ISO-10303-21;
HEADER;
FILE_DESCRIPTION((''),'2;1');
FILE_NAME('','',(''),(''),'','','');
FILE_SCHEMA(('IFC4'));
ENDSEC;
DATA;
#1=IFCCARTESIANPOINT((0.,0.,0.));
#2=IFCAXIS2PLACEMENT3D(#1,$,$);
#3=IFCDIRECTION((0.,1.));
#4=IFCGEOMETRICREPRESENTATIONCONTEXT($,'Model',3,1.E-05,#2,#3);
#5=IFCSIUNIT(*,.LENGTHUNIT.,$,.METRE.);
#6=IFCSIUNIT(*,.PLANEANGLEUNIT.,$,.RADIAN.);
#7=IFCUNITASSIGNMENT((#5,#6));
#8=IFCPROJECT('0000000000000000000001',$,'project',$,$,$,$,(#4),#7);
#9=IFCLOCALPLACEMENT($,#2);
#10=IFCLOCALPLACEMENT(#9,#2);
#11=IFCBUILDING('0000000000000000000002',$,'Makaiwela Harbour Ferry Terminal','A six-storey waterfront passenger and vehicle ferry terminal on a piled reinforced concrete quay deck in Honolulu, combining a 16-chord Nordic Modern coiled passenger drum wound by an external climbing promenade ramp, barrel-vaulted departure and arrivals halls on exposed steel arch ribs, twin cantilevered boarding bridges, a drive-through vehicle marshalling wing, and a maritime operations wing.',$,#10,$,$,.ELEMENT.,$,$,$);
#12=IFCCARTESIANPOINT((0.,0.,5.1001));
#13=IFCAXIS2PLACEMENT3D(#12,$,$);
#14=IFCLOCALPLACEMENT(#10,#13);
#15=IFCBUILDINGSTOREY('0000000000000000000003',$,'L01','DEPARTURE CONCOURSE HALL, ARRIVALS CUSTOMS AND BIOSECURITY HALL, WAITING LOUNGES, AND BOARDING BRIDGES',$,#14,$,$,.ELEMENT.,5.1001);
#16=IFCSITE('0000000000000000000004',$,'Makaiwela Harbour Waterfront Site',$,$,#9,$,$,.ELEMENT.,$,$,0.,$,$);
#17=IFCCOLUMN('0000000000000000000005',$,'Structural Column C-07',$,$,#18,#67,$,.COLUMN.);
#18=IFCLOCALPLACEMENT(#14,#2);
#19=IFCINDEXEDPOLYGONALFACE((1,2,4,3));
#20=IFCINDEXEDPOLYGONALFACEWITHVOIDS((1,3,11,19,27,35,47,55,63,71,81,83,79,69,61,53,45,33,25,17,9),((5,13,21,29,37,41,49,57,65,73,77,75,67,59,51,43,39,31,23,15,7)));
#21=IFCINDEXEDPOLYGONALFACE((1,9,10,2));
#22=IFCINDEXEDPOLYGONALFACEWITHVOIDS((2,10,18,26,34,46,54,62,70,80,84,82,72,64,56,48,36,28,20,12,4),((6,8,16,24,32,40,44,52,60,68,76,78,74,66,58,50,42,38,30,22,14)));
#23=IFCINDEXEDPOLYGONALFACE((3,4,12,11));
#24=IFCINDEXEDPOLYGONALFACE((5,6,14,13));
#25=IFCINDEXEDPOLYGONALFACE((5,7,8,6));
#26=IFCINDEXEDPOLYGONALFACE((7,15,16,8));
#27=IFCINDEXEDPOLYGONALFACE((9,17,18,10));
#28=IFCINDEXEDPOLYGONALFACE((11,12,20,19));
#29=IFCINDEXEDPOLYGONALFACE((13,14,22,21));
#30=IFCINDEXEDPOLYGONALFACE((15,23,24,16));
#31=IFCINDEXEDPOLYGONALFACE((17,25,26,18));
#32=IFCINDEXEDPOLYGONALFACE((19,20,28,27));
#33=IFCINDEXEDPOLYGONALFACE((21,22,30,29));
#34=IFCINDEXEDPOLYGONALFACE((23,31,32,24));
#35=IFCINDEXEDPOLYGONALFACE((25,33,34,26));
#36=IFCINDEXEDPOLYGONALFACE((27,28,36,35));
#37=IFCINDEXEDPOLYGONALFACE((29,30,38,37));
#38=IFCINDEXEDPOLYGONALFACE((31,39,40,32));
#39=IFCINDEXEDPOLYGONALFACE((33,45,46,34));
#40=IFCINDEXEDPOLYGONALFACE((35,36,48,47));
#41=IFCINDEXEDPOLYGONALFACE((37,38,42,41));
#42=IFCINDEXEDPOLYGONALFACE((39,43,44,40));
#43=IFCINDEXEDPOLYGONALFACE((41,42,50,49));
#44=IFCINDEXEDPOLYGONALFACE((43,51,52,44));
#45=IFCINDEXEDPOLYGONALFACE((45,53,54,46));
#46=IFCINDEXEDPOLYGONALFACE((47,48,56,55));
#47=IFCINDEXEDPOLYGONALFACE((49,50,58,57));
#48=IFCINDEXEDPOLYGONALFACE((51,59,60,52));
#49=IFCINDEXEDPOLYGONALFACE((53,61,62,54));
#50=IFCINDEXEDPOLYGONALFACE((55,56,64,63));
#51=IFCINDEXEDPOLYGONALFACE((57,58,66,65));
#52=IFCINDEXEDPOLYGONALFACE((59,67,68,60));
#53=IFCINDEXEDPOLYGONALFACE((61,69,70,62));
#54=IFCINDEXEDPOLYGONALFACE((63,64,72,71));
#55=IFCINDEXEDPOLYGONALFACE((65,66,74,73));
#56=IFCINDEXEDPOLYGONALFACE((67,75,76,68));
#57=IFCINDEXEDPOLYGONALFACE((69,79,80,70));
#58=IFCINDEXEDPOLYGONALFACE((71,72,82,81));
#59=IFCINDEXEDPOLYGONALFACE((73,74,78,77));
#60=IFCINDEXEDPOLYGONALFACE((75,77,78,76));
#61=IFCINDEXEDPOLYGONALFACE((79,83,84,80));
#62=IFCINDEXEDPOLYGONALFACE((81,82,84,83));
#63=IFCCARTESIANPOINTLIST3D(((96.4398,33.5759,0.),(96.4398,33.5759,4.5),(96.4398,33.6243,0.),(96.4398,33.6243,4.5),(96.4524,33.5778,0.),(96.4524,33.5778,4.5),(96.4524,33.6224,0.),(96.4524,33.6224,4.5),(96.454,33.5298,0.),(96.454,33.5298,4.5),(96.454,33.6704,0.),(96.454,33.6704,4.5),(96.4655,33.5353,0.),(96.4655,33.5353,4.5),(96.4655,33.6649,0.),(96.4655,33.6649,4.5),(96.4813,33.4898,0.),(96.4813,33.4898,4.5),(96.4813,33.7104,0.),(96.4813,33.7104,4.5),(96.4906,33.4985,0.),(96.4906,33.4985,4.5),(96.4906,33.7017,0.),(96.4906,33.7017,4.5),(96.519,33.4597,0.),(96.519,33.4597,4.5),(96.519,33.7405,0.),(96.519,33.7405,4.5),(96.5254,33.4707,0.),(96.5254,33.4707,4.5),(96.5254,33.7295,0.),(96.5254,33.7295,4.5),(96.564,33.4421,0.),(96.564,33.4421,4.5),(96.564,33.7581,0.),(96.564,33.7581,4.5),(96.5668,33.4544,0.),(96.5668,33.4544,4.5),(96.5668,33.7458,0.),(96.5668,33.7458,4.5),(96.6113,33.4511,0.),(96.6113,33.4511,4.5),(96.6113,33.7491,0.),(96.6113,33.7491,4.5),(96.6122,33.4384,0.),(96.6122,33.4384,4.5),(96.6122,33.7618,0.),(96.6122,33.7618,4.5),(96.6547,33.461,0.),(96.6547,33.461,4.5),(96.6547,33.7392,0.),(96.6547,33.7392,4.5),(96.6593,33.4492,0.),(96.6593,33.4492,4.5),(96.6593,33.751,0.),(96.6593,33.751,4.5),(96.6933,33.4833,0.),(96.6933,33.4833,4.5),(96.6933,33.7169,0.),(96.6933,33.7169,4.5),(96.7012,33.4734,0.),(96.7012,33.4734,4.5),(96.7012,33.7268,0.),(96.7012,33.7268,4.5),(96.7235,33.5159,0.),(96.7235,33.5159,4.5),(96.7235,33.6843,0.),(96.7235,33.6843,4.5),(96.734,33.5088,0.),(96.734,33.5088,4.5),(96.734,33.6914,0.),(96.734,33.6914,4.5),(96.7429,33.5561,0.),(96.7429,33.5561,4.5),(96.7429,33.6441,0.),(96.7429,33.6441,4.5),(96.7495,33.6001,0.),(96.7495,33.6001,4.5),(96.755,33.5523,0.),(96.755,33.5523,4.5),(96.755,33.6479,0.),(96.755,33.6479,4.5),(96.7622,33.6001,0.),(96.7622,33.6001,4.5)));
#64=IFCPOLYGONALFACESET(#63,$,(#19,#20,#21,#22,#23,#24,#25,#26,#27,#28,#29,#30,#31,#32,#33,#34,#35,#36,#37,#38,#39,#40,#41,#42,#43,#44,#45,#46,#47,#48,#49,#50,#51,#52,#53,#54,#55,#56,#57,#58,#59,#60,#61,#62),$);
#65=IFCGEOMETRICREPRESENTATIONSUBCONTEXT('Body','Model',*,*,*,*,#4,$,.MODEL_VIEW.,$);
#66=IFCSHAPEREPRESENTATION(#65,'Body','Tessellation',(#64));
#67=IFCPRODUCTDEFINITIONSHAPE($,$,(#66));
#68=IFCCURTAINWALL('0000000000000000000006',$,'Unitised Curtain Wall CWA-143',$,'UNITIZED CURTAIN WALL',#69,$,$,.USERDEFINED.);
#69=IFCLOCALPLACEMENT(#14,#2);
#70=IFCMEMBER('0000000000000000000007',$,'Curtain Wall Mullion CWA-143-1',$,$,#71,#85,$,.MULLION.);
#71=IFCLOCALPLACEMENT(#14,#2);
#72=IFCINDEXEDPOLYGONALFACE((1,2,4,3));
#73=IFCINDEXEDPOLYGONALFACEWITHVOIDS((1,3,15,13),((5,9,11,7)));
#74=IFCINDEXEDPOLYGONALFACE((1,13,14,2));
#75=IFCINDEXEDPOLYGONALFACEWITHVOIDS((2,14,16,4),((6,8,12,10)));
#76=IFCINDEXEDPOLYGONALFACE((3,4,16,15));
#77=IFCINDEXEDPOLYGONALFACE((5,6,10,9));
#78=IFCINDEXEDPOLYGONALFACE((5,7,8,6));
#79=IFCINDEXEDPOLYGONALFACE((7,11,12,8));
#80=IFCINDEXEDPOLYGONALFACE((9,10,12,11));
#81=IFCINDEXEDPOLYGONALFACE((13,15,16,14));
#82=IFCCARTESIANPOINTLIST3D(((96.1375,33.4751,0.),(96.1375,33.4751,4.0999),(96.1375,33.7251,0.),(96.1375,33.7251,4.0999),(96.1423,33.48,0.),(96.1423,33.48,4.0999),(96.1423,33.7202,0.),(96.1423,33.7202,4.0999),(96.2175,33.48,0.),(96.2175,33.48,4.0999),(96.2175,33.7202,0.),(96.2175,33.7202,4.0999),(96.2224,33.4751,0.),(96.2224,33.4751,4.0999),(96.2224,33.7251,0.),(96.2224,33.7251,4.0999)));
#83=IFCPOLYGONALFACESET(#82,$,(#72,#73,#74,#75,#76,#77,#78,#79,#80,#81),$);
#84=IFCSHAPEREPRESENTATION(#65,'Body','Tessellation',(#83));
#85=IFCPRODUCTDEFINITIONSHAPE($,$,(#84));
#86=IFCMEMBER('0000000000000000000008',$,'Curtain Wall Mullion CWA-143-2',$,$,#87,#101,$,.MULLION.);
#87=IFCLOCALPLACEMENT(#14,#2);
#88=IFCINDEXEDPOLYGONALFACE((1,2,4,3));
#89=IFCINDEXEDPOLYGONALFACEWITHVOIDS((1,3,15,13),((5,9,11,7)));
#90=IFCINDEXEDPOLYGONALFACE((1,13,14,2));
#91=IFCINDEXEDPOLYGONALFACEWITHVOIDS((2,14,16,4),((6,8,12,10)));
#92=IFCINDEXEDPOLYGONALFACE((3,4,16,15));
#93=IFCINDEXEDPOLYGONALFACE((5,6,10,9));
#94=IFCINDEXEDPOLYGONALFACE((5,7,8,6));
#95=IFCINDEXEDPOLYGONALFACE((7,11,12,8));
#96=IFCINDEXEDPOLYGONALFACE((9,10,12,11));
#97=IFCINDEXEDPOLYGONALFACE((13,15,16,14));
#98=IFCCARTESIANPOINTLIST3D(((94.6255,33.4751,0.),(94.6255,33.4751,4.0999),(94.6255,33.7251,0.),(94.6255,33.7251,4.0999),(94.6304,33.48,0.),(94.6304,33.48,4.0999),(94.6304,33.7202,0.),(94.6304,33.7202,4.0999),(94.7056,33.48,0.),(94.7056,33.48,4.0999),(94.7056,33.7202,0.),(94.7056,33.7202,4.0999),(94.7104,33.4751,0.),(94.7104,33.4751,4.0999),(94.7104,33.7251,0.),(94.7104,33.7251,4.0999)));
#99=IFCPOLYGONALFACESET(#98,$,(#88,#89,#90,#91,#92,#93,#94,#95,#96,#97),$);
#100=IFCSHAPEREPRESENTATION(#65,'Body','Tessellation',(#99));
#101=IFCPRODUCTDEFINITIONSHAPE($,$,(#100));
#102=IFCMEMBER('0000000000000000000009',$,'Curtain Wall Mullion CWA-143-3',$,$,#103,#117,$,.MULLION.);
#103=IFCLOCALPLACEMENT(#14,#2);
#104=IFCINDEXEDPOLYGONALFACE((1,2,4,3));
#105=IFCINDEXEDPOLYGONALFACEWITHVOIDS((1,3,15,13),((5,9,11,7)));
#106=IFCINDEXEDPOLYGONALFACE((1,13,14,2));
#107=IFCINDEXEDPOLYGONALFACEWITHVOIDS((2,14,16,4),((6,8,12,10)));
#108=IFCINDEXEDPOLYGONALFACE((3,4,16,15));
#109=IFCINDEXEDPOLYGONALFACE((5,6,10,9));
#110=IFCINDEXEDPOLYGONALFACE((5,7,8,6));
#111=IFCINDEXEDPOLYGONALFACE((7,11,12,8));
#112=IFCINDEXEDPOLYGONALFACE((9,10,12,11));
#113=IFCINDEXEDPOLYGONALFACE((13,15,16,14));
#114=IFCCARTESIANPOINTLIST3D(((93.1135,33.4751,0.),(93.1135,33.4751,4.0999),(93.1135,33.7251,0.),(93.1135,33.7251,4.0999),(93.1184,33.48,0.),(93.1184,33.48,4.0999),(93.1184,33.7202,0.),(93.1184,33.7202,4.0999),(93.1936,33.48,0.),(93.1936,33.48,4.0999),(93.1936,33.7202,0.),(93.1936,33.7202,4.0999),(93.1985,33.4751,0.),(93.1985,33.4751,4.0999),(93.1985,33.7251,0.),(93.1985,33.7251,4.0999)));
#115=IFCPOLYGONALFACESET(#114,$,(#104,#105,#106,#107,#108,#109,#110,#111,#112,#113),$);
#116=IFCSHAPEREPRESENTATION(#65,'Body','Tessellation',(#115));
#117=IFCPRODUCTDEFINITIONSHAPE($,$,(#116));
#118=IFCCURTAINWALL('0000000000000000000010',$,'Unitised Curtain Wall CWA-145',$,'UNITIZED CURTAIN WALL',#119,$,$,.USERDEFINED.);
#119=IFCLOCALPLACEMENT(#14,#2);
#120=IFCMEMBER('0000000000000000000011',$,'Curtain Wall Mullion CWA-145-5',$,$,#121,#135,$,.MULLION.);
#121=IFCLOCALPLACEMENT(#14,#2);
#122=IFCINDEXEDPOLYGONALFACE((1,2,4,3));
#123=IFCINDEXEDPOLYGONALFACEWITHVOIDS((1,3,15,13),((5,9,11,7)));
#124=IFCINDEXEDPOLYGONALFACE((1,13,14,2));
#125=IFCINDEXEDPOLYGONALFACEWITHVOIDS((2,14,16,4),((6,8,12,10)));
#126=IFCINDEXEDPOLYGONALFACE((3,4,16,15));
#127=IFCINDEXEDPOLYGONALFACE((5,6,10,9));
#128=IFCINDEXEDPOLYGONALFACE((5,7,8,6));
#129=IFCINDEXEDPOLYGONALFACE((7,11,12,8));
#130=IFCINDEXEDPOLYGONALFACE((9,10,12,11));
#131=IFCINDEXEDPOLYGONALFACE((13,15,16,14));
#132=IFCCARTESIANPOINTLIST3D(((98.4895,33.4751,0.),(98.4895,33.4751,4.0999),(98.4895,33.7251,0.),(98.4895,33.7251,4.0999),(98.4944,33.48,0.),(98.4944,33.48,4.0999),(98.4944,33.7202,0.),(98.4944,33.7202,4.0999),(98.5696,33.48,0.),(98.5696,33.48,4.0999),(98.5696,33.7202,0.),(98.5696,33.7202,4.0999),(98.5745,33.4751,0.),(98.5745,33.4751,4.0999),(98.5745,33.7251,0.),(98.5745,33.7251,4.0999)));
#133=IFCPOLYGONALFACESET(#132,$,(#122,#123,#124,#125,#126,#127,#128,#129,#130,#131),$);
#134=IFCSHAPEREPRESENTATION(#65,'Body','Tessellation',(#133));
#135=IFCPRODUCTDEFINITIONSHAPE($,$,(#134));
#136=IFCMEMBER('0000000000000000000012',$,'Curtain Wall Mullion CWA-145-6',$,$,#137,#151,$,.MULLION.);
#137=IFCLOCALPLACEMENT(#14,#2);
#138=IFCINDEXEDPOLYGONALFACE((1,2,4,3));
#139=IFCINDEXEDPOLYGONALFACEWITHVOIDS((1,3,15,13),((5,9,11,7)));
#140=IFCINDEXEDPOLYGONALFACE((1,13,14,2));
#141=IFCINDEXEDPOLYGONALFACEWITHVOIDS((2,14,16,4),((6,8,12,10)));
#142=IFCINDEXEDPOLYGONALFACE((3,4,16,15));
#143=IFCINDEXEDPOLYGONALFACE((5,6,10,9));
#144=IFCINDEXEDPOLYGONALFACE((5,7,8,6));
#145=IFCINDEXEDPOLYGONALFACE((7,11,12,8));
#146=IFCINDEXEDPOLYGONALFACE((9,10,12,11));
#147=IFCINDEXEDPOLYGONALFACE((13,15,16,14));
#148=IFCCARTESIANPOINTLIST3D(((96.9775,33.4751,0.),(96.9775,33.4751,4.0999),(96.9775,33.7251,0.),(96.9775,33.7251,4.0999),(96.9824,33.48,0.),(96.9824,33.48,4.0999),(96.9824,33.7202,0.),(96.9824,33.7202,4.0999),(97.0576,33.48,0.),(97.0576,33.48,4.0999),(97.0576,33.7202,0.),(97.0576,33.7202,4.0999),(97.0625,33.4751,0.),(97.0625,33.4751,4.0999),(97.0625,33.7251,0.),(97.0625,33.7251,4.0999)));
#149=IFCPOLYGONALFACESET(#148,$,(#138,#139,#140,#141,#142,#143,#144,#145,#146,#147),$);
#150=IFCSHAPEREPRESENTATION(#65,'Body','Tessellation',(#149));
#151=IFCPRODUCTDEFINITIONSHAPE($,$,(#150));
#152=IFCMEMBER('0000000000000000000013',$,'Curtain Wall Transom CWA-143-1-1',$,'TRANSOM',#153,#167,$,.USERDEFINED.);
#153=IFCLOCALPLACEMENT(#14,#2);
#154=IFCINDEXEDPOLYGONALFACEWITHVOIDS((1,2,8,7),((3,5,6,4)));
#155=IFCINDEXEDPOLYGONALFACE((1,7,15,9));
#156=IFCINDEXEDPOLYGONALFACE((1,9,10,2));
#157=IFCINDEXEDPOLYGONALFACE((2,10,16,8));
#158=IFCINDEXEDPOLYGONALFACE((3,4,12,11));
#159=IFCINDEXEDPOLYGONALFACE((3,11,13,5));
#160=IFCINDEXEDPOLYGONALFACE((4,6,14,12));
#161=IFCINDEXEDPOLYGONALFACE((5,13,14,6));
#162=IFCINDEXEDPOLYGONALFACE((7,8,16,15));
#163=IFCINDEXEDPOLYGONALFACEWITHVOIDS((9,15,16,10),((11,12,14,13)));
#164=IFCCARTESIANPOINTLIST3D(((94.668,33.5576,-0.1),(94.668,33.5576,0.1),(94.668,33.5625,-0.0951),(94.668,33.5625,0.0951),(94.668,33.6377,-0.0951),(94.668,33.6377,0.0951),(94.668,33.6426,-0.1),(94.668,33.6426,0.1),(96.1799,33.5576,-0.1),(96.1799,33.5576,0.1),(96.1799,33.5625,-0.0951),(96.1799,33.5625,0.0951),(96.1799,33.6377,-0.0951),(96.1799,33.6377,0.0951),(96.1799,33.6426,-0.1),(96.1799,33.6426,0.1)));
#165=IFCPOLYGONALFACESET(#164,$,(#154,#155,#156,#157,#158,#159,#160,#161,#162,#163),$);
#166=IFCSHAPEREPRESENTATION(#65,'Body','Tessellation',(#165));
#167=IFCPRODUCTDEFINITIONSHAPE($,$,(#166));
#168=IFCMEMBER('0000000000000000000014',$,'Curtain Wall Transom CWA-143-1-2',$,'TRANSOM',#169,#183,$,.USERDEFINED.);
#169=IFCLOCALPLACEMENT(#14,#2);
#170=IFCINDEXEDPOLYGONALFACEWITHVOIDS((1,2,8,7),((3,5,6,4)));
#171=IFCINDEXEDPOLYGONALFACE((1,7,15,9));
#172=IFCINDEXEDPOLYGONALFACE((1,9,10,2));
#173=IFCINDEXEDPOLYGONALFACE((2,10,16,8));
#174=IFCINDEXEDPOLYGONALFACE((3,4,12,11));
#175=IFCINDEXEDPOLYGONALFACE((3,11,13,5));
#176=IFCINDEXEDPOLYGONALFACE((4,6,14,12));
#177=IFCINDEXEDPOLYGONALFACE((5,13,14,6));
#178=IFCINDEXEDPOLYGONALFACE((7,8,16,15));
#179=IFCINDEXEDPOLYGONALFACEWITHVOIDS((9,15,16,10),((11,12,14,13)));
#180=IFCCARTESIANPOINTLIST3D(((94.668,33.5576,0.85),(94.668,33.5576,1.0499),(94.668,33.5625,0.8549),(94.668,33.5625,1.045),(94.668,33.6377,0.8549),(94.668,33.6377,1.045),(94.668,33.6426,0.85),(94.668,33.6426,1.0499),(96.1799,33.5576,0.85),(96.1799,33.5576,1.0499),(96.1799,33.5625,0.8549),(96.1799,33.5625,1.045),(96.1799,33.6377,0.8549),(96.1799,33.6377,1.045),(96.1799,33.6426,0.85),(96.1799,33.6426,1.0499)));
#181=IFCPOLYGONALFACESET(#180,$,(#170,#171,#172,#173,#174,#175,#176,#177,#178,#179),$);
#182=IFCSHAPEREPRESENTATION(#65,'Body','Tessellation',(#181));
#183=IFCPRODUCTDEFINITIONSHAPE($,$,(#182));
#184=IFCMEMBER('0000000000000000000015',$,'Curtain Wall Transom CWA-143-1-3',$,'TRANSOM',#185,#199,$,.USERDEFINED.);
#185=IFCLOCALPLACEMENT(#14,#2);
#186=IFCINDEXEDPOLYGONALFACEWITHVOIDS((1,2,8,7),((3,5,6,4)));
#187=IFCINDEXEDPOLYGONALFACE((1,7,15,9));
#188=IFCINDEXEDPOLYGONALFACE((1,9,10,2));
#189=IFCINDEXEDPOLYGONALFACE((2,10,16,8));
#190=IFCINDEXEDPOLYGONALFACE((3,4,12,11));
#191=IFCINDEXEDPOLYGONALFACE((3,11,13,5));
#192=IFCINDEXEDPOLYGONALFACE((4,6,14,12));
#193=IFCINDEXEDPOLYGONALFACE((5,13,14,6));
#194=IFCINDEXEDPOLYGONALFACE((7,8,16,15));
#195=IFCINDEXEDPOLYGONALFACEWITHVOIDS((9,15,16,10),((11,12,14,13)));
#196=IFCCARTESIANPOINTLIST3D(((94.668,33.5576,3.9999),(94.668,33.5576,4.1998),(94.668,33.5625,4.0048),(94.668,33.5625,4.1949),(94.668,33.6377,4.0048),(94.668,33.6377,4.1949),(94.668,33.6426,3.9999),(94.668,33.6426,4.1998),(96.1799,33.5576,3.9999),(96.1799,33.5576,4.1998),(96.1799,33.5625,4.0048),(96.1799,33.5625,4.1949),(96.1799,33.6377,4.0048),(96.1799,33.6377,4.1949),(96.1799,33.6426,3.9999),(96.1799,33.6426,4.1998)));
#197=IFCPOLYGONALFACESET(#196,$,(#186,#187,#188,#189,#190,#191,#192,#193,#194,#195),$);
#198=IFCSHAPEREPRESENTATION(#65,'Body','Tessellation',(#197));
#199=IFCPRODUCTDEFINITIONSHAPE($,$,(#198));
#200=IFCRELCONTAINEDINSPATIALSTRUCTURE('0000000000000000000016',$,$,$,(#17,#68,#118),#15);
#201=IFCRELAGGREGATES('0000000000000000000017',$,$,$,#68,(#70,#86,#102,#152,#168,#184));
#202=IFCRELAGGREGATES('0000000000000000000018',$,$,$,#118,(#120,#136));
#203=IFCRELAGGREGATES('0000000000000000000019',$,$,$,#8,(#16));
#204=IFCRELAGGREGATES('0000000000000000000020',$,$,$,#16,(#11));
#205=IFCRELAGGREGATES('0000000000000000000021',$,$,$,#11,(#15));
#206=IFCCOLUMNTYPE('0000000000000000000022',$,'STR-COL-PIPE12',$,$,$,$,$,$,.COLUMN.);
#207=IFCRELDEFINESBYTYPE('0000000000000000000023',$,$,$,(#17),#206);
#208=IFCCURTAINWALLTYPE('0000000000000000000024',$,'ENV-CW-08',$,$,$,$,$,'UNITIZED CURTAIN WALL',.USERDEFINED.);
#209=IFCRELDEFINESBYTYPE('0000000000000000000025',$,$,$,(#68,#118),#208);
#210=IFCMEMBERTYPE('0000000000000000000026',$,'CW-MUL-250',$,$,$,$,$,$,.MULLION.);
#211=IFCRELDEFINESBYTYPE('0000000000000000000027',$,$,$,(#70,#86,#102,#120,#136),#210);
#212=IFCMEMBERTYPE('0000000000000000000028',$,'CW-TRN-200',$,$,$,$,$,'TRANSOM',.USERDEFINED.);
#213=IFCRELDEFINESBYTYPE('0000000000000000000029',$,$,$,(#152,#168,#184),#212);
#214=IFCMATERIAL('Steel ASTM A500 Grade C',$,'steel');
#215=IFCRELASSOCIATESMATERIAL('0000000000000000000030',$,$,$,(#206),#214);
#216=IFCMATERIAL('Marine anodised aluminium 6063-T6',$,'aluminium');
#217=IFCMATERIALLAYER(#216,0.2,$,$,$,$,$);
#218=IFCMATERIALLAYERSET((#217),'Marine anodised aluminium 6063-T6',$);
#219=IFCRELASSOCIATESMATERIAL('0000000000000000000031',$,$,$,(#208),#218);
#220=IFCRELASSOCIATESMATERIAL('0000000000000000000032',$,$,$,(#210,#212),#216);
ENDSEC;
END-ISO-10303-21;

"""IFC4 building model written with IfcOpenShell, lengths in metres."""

from ifc_helpers import new_model, si_unit, direction, frame, origin, origin_2d, place, context, subcontext, project, spatial, hollow_rectangle, hollow_circle, extrude, material, layer, layer_set, material_profile, profile_set, type_object, element, aggregate, save


model = new_model("IFC4")

# Units and contexts
model_context = context("Model", 3, precision=1e-05, world=origin(), true_north=direction((0.0, 1.0)))
body_context = subcontext(model_context, "Body", "Model", "MODEL_VIEW")
ifc_project = project(units=[si_unit("LENGTHUNIT", "METRE"), si_unit("PLANEANGLEUNIT", "RADIAN")], contexts=[model_context])

# Site, building, storey
site_placement = place(None, origin())
site = spatial("IfcSite", under=ifc_project, at=site_placement, Name="Makaiwela Harbour Waterfront Site", CompositionType="ELEMENT", RefElevation=0.0)
building_placement = place(site_placement, origin())
building = spatial("IfcBuilding", under=site, at=building_placement, Name="Makaiwela Harbour Ferry Terminal", Description="A six-storey waterfront passenger and vehicle ferry terminal on a piled reinforced concrete quay deck in Honolulu, combining a 16-chord Nordic Modern coiled passenger drum wound by an external climbing promenade ramp, barrel-vaulted departure and arrivals halls on exposed steel arch ribs, twin cantilevered boarding bridges, a drive-through vehicle marshalling wing, and a maritime operations wing.", CompositionType="ELEMENT")
storey_placement = place(building_placement, frame((0.0, 0.0, 5.1001)))
storey = spatial("IfcBuildingStorey", under=building, at=storey_placement, Name="L01", Description="DEPARTURE CONCOURSE HALL, ARRIVALS CUSTOMS AND BIOSECURITY HALL, WAITING LOUNGES, AND BOARDING BRIDGES", CompositionType="ELEMENT", Elevation=5.1001)

# Column
ifc_material_1 = material(Name="Steel ASTM A500 Grade C", Category="steel")
ifc_material_profile_1 = material_profile(ifc_material_1, hollow_circle(Radius=0.1621, WallThickness=0.0127, at=origin_2d()), Name="PIPE12XS")
ifc_profile_set_1 = profile_set([ifc_material_profile_1], Name="Steel ASTM A500 Grade C")
column_type = type_object("IfcColumnType", Name="STR-COL-PIPE12", PredefinedType="COLUMN", material=ifc_profile_set_1)
column_placement = place(storey_placement, frame((96.6001, 33.6001, 0.0), z_axis=(0.0, 0.0, 1.0), x_axis=(1.0, 0.0, 0.0)))
element("IfcColumn", 1, at=column_placement, inside=storey, type_object=column_type, Name="Structural Column C-07", PredefinedType="COLUMN", context=body_context, shape_type="SweptSolid", body=[
    extrude(hollow_circle(Radius=0.1621, WallThickness=0.0127, at=origin_2d()), origin(), (0.0, 0.0, 1.0), 4.5),
])

# Curtain walls, members
ifc_material_2 = material(Name="Marine anodised aluminium 6063-T6", Category="aluminium")
ifc_layer_1 = layer(ifc_material_2, 0.2)
ifc_layer_set_1 = layer_set([ifc_layer_1], Name="Marine anodised aluminium 6063-T6")
curtain_wall_type = type_object("IfcCurtainWallType", Name="ENV-CW-08", ElementType="UNITIZED CURTAIN WALL", PredefinedType="USERDEFINED", material=ifc_layer_set_1)
curtain_wall_1_placement = place(storey_placement, origin())
curtain_wall_1 = element("IfcCurtainWall", 2, at=curtain_wall_1_placement, inside=storey, type_object=curtain_wall_type, Name="Unitised Curtain Wall CWA-143", ObjectType="UNITIZED CURTAIN WALL", PredefinedType="USERDEFINED")
ifc_material_profile_2 = material_profile(ifc_material_2, hollow_rectangle(XDim=0.085, YDim=0.25, WallThickness=0.0049, at=origin_2d()), Name="CWM-250X85")
ifc_profile_set_2 = profile_set([ifc_material_profile_2], Name="Marine anodised aluminium 6063-T6")
member_type_1 = type_object("IfcMemberType", Name="CW-MUL-250", PredefinedType="MULLION", material=ifc_profile_set_2)
member_1_placement = place(storey_placement, frame((96.1799, 33.6001, 0.0), z_axis=(0.0, 0.0, 1.0), x_axis=(1.0, 0.0, 0.0)))
member_1 = element("IfcMember", 3, at=member_1_placement, type_object=member_type_1, Name="Curtain Wall Mullion CWA-143-1", PredefinedType="MULLION", context=body_context, shape_type="SweptSolid", body=[
    extrude(hollow_rectangle(XDim=0.085, YDim=0.25, WallThickness=0.0049, at=origin_2d()), origin(), (0.0, 0.0, 1.0), 4.0999),
])
member_2_placement = place(storey_placement, frame((94.668, 33.6001, 0.0), z_axis=(0.0, 0.0, 1.0), x_axis=(1.0, 0.0, 0.0)))
member_2 = element("IfcMember", 4, at=member_2_placement, type_object=member_type_1, Name="Curtain Wall Mullion CWA-143-2", PredefinedType="MULLION", context=body_context, shape_type="SweptSolid", body=[
    extrude(hollow_rectangle(XDim=0.085, YDim=0.25, WallThickness=0.0049, at=origin_2d()), origin(), (0.0, 0.0, 1.0), 4.0999),
])
member_3_placement = place(storey_placement, frame((93.156, 33.6001, 0.0), z_axis=(0.0, 0.0, 1.0), x_axis=(1.0, 0.0, 0.0)))
member_3 = element("IfcMember", 5, at=member_3_placement, type_object=member_type_1, Name="Curtain Wall Mullion CWA-143-3", PredefinedType="MULLION", context=body_context, shape_type="SweptSolid", body=[
    extrude(hollow_rectangle(XDim=0.085, YDim=0.25, WallThickness=0.0049, at=origin_2d()), origin(), (0.0, 0.0, 1.0), 4.0999),
])
curtain_wall_2_placement = place(storey_placement, origin())
curtain_wall_2 = element("IfcCurtainWall", 6, at=curtain_wall_2_placement, inside=storey, type_object=curtain_wall_type, Name="Unitised Curtain Wall CWA-145", ObjectType="UNITIZED CURTAIN WALL", PredefinedType="USERDEFINED")
member_4_placement = place(storey_placement, frame((98.532, 33.6001, 0.0), z_axis=(0.0, 0.0, 1.0), x_axis=(1.0, 0.0, 0.0)))
member_4 = element("IfcMember", 7, at=member_4_placement, type_object=member_type_1, Name="Curtain Wall Mullion CWA-145-5", PredefinedType="MULLION", context=body_context, shape_type="SweptSolid", body=[
    extrude(hollow_rectangle(XDim=0.085, YDim=0.25, WallThickness=0.0049, at=origin_2d()), origin(), (0.0, 0.0, 1.0), 4.0999),
])
member_5_placement = place(storey_placement, frame((97.02, 33.6001, 0.0), z_axis=(0.0, 0.0, 1.0), x_axis=(1.0, 0.0, 0.0)))
member_5 = element("IfcMember", 8, at=member_5_placement, type_object=member_type_1, Name="Curtain Wall Mullion CWA-145-6", PredefinedType="MULLION", context=body_context, shape_type="SweptSolid", body=[
    extrude(hollow_rectangle(XDim=0.085, YDim=0.25, WallThickness=0.0049, at=origin_2d()), origin(), (0.0, 0.0, 1.0), 4.0999),
])

# Members
ifc_material_profile_3 = material_profile(ifc_material_2, hollow_rectangle(XDim=0.085, YDim=0.2, WallThickness=0.0049, at=origin_2d()), Name="CWT-200X85")
ifc_profile_set_3 = profile_set([ifc_material_profile_3], Name="Marine anodised aluminium 6063-T6")
member_type_2 = type_object("IfcMemberType", Name="CW-TRN-200", ElementType="TRANSOM", PredefinedType="USERDEFINED", material=ifc_profile_set_3)
member_6_placement = place(storey_placement, frame((96.1799, 33.6001, 0.0), z_axis=(-1.0, 0.0, 0.0), x_axis=(0.0, -1.0, 0.0)))
member_6 = element("IfcMember", 9, at=member_6_placement, type_object=member_type_2, Name="Curtain Wall Transom CWA-143-1-1", ObjectType="TRANSOM", PredefinedType="USERDEFINED", context=body_context, shape_type="SweptSolid", body=[
    extrude(hollow_rectangle(XDim=0.085, YDim=0.2, WallThickness=0.0049, at=origin_2d()), origin(), (0.0, 0.0, 1.0), 1.512),
])
member_7_placement = place(storey_placement, frame((96.1799, 33.6001, 0.95), z_axis=(-1.0, 0.0, 0.0), x_axis=(0.0, -1.0, 0.0)))
member_7 = element("IfcMember", 10, at=member_7_placement, type_object=member_type_2, Name="Curtain Wall Transom CWA-143-1-2", ObjectType="TRANSOM", PredefinedType="USERDEFINED", context=body_context, shape_type="SweptSolid", body=[
    extrude(hollow_rectangle(XDim=0.085, YDim=0.2, WallThickness=0.0049, at=origin_2d()), origin(), (0.0, 0.0, 1.0), 1.512),
])
member_8_placement = place(storey_placement, frame((96.1799, 33.6001, 4.0999), z_axis=(-1.0, 0.0, 0.0), x_axis=(0.0, -1.0, 0.0)))
member_8 = element("IfcMember", 11, at=member_8_placement, type_object=member_type_2, Name="Curtain Wall Transom CWA-143-1-3", ObjectType="TRANSOM", PredefinedType="USERDEFINED", context=body_context, shape_type="SweptSolid", body=[
    extrude(hollow_rectangle(XDim=0.085, YDim=0.2, WallThickness=0.0049, at=origin_2d()), origin(), (0.0, 0.0, 1.0), 1.512),
])

aggregate(curtain_wall_1, [member_1, member_2, member_3, member_6, member_7, member_8])
aggregate(curtain_wall_2, [member_4, member_5])

save(model, "model.ifc")
